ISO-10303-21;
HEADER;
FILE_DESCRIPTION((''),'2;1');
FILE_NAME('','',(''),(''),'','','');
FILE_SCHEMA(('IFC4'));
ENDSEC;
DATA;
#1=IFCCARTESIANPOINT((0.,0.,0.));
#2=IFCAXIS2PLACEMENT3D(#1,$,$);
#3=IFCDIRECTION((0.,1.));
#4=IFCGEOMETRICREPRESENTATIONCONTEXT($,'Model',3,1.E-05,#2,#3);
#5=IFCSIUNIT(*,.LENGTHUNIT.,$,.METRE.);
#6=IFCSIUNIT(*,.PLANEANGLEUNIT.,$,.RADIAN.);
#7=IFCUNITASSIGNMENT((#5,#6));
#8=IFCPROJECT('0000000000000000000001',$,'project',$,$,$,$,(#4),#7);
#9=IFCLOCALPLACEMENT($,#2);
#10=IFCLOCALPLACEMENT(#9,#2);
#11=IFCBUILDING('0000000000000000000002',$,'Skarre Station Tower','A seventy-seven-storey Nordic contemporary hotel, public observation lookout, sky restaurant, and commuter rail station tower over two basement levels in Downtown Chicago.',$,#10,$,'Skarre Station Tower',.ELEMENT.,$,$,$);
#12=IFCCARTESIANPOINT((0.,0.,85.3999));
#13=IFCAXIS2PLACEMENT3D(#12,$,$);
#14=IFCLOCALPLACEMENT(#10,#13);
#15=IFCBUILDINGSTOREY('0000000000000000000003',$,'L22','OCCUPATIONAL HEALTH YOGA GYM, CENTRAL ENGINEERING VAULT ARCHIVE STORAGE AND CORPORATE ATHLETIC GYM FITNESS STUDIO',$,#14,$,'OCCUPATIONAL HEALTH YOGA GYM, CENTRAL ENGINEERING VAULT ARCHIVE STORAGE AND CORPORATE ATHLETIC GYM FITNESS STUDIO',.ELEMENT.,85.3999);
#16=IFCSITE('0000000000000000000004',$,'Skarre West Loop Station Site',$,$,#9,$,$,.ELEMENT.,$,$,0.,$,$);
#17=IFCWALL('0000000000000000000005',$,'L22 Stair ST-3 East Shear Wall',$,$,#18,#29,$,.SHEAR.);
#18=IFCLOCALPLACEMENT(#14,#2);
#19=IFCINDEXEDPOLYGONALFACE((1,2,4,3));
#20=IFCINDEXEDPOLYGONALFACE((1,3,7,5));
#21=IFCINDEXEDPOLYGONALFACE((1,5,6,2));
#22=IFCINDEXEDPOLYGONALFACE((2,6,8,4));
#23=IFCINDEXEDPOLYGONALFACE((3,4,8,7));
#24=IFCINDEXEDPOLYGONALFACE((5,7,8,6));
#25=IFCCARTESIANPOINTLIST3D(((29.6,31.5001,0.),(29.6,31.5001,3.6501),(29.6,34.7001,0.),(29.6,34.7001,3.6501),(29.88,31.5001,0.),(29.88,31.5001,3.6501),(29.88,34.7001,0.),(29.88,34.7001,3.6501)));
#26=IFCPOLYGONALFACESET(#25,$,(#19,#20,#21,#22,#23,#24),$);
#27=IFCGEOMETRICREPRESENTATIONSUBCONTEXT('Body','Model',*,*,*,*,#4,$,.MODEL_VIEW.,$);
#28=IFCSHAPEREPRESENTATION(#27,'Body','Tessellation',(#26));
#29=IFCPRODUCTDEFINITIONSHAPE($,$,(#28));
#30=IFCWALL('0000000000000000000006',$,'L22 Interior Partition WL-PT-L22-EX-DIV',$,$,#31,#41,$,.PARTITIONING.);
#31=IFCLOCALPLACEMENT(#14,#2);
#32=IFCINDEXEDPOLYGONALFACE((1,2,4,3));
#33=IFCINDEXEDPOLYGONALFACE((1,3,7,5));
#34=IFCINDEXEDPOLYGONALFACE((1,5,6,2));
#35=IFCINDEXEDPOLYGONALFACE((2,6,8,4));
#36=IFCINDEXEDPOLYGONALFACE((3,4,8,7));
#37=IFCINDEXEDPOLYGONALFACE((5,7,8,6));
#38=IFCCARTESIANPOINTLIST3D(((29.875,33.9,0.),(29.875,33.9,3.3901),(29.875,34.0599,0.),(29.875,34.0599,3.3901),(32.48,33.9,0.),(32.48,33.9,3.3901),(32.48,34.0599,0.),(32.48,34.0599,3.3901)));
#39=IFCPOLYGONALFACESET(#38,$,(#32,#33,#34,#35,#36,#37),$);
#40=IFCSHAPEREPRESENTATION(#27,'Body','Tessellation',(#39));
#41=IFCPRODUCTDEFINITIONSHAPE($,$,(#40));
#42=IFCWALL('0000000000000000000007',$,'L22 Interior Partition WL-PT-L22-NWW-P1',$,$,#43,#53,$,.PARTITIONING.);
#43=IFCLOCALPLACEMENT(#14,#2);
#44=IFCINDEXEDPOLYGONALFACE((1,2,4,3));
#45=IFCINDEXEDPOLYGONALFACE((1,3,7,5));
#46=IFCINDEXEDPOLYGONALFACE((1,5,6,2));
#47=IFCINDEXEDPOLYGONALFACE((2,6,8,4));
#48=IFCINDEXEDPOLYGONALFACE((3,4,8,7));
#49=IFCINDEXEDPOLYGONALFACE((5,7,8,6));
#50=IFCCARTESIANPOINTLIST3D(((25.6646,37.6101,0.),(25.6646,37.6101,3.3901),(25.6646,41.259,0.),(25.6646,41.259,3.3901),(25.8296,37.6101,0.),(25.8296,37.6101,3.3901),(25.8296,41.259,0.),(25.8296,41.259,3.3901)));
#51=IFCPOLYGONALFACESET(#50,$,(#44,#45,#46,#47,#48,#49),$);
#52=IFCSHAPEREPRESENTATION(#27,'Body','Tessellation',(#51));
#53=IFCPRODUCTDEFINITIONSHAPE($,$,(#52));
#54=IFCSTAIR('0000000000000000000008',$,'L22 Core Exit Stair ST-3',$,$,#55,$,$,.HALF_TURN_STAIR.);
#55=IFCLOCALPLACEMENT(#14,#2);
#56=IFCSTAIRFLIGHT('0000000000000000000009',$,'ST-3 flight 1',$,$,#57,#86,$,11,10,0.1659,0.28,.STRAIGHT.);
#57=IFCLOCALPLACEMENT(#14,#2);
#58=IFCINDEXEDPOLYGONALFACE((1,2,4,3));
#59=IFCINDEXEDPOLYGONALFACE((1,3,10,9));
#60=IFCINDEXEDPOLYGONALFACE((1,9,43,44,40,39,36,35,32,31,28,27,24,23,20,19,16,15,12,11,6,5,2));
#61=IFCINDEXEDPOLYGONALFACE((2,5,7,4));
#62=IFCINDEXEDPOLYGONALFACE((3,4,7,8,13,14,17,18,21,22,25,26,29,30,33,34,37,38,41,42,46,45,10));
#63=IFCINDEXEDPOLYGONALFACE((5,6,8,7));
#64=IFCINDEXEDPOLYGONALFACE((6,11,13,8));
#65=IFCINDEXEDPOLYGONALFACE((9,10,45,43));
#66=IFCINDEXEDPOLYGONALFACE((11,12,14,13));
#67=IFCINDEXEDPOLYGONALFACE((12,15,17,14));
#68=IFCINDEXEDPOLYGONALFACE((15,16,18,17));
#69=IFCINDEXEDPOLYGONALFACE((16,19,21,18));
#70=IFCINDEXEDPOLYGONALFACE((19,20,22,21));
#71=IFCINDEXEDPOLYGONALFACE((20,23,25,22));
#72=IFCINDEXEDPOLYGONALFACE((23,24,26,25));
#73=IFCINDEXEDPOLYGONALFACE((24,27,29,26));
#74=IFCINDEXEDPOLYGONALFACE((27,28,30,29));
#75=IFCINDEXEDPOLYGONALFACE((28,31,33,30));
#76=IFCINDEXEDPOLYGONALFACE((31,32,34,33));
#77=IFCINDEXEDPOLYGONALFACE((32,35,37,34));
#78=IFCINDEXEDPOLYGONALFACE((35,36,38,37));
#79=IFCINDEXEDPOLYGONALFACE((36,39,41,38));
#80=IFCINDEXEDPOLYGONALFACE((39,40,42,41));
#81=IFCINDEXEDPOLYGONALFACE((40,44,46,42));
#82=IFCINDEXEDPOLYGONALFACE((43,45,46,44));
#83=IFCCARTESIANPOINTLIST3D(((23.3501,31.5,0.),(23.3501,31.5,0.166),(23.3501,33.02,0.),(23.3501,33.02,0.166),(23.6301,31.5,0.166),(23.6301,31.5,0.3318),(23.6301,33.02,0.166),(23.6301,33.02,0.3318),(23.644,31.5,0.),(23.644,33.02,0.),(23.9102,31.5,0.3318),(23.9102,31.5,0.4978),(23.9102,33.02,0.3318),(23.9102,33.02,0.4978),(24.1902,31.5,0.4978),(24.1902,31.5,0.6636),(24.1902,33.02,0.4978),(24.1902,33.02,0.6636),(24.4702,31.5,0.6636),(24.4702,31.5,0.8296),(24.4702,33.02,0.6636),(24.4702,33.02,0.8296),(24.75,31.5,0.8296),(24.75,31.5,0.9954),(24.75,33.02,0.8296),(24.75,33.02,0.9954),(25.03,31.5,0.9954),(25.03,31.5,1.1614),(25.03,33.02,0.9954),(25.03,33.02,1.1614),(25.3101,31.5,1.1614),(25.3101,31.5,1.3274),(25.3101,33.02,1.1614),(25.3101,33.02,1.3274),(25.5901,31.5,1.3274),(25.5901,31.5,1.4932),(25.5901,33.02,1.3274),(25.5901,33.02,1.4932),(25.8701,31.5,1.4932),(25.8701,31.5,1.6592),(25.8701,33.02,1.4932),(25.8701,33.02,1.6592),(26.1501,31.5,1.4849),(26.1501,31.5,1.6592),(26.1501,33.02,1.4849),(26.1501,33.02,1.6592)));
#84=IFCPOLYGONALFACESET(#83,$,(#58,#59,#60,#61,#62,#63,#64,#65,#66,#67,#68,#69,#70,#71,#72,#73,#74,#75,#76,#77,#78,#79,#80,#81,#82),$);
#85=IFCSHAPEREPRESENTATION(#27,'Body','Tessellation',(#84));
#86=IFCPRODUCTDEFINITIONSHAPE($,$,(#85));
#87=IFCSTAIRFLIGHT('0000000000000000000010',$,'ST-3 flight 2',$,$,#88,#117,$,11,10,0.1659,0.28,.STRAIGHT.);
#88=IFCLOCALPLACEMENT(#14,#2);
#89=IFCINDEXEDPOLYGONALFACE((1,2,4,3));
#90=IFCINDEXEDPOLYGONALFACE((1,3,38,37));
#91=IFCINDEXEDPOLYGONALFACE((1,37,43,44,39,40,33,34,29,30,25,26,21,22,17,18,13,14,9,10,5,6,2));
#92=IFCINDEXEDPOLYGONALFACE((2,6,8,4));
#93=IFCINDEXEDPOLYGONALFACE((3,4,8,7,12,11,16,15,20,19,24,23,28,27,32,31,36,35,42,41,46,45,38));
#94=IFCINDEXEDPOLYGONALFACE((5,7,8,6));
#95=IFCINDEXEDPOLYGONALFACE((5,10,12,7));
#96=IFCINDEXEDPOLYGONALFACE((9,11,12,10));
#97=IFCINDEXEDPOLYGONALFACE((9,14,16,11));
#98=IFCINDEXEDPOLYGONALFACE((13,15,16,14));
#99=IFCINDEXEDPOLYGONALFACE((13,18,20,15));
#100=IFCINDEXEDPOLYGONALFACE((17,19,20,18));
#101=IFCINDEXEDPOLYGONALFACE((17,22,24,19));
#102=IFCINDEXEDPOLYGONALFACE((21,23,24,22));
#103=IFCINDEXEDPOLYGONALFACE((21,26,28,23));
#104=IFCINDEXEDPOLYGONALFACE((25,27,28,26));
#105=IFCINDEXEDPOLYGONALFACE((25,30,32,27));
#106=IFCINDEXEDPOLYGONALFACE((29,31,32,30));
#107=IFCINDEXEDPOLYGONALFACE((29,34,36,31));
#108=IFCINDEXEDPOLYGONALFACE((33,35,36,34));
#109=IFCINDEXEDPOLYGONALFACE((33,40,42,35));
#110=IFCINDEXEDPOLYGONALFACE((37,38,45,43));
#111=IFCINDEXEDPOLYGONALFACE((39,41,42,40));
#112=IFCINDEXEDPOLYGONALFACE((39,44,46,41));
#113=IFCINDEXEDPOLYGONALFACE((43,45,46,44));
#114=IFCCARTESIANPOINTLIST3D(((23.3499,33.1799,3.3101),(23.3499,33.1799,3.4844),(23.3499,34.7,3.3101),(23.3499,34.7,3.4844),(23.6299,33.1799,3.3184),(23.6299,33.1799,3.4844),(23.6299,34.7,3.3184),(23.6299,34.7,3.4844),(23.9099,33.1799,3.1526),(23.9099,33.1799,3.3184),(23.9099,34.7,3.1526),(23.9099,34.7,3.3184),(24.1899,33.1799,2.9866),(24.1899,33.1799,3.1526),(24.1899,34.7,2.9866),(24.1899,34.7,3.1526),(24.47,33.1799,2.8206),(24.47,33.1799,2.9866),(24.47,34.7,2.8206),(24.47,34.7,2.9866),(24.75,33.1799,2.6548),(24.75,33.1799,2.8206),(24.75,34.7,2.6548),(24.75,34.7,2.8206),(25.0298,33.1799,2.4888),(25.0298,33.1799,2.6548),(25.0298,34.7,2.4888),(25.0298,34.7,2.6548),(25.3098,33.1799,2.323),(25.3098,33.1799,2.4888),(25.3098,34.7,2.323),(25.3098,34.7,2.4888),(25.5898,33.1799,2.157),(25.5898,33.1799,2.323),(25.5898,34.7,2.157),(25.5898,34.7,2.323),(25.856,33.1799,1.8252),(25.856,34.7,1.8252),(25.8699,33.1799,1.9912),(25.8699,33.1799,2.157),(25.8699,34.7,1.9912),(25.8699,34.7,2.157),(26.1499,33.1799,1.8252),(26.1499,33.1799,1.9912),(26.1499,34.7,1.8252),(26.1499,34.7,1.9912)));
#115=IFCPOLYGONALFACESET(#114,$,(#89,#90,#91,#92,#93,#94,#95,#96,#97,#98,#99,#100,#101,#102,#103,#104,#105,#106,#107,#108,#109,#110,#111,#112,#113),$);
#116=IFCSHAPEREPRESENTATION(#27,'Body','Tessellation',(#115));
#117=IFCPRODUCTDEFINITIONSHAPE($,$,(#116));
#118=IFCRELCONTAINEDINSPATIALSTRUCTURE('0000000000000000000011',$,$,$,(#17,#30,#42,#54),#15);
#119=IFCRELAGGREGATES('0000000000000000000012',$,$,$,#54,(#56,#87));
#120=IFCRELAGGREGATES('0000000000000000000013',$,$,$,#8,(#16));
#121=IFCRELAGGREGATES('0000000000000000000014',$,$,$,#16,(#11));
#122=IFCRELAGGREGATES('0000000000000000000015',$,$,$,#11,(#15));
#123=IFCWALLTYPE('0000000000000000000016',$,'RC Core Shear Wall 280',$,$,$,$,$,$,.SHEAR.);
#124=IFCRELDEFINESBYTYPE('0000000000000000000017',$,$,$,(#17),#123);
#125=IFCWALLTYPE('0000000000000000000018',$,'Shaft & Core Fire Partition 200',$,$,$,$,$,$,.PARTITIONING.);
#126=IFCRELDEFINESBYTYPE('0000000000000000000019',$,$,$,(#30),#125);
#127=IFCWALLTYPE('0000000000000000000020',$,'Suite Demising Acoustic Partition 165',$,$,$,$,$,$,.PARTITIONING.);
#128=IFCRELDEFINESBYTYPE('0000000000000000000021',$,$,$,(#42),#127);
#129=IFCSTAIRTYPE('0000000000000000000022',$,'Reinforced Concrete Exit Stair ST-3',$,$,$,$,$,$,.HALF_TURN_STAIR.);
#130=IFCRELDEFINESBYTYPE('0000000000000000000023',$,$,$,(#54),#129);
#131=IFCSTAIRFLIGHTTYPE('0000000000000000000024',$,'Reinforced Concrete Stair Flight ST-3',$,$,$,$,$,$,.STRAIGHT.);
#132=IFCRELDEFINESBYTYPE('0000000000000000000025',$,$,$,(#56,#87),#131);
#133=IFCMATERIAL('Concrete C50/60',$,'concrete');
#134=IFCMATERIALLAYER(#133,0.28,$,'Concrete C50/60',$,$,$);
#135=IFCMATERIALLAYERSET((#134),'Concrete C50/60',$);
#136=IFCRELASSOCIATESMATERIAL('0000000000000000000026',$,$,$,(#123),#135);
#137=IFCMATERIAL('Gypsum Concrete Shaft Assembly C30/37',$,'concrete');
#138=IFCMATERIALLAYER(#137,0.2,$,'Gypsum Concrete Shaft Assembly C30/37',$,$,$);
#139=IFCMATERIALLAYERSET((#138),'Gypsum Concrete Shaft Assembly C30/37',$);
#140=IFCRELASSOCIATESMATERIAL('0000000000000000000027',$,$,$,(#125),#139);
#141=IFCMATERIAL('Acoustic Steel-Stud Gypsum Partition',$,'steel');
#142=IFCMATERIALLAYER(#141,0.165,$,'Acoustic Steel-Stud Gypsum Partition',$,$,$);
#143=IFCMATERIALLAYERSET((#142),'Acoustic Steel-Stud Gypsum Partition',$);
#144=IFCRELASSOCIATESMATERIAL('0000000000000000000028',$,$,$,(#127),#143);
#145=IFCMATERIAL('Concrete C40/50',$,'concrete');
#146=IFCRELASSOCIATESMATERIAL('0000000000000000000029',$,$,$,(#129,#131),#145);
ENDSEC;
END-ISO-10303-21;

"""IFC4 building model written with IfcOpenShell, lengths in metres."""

from ifc_helpers import new_model, si_unit, direction, frame, frame_2d, origin, place, context, subcontext, project, spatial, polyline, rectangle, outline, extrude, material, layer, layer_set, type_object, element, aggregate, save


model = new_model("IFC4")

# Units and contexts
model_context = context("Model", 3, precision=1e-05, world=origin(), true_north=direction((0.0, 1.0)))
body_context = subcontext(model_context, "Body", "Model", "MODEL_VIEW")
ifc_project = project(units=[si_unit("LENGTHUNIT", "METRE"), si_unit("PLANEANGLEUNIT", "RADIAN")], contexts=[model_context])

# Site, building, storey
site_placement = place(None, origin())
site = spatial("IfcSite", under=ifc_project, at=site_placement, Name="Skarre West Loop Station Site", CompositionType="ELEMENT", RefElevation=0.0)
building_placement = place(site_placement, origin())
building = spatial("IfcBuilding", under=site, at=building_placement, Name="Skarre Station Tower", Description="A seventy-seven-storey Nordic contemporary hotel, public observation lookout, sky restaurant, and commuter rail station tower over two basement levels in Downtown Chicago.", LongName="Skarre Station Tower", CompositionType="ELEMENT")
storey_placement = place(building_placement, frame((0.0, 0.0, 85.3999)))
storey = spatial("IfcBuildingStorey", under=building, at=storey_placement, Name="L22", Description="OCCUPATIONAL HEALTH YOGA GYM, CENTRAL ENGINEERING VAULT ARCHIVE STORAGE AND CORPORATE ATHLETIC GYM FITNESS STUDIO", LongName="OCCUPATIONAL HEALTH YOGA GYM, CENTRAL ENGINEERING VAULT ARCHIVE STORAGE AND CORPORATE ATHLETIC GYM FITNESS STUDIO", CompositionType="ELEMENT", Elevation=85.3999)

# Shared definitions
ifc_material_1 = material(Name="Acoustic Steel-Stud Gypsum Partition", Category="steel")

# Walls
ifc_material_2 = material(Name="Concrete C50/60", Category="concrete")
ifc_layer_1 = layer(ifc_material_2, 0.28, Name="Concrete C50/60")
ifc_layer_set_1 = layer_set([ifc_layer_1], Name="Concrete C50/60")
wall_type_1 = type_object("IfcWallType", Name="RC Core Shear Wall 280", PredefinedType="SHEAR", material=ifc_layer_set_1)
for number, where, z_axis, x_axis, name in (
    (1, (29.74, 31.5, 0.0), (0.0, 0.0, 1.0), (0.0, 1.0, 0.0), "L22 Stair ST-3 East Shear Wall"),
):
    element("IfcWall", number, at=place(storey_placement, frame(where, z_axis=z_axis, x_axis=x_axis)), inside=storey, type_object=wall_type_1, Name=name, PredefinedType="SHEAR", context=body_context, shape_type="SweptSolid", body=[
        extrude(rectangle(XDim=3.2, YDim=0.28, at=frame_2d((1.6001, 0.0))), origin(), (0.0, 0.0, 1.0), 3.6501),
    ])
ifc_material_3 = material(Name="Gypsum Concrete Shaft Assembly C30/37", Category="concrete")
ifc_layer_2 = layer(ifc_material_3, 0.2, Name="Gypsum Concrete Shaft Assembly C30/37")
ifc_layer_set_2 = layer_set([ifc_layer_2], Name="Gypsum Concrete Shaft Assembly C30/37")
wall_type_2 = type_object("IfcWallType", Name="Shaft & Core Fire Partition 200", PredefinedType="PARTITIONING", material=ifc_layer_set_2)
wall_1_placement = place(storey_placement, frame((29.875, 33.98, 0.0), z_axis=(0.0, 0.0, 1.0), x_axis=(1.0, 0.0, 0.0)))
element("IfcWall", 2, at=wall_1_placement, inside=storey, type_object=wall_type_2, Name="L22 Interior Partition WL-PT-L22-EX-DIV", PredefinedType="PARTITIONING", context=body_context, shape_type="SweptSolid", body=[
    extrude(rectangle(XDim=2.605, YDim=0.1599, at=frame_2d((1.3025, 0.0))), origin(), (0.0, 0.0, 1.0), 3.3901),
])
ifc_layer_3 = layer(ifc_material_1, 0.165, Name="Acoustic Steel-Stud Gypsum Partition")
ifc_layer_set_3 = layer_set([ifc_layer_3], Name="Acoustic Steel-Stud Gypsum Partition")
wall_type_3 = type_object("IfcWallType", Name="Suite Demising Acoustic Partition 165", PredefinedType="PARTITIONING", material=ifc_layer_set_3)
wall_2_placement = place(storey_placement, frame((25.7471, 37.6101, 0.0), z_axis=(0.0, 0.0, 1.0), x_axis=(0.0, 1.0, 0.0)))
element("IfcWall", 3, at=wall_2_placement, inside=storey, type_object=wall_type_3, Name="L22 Interior Partition WL-PT-L22-NWW-P1", PredefinedType="PARTITIONING", context=body_context, shape_type="SweptSolid", body=[
    extrude(rectangle(XDim=3.6489, YDim=0.165, at=frame_2d((1.8245, 0.0))), origin(), (0.0, 0.0, 1.0), 3.3901),
])

# Stair, stair flights
ifc_material_4 = material(Name="Concrete C40/50", Category="concrete")
stair_type = type_object("IfcStairType", Name="Reinforced Concrete Exit Stair ST-3", PredefinedType="HALF_TURN_STAIR", material=ifc_material_4)
stair_placement = place(storey_placement, origin())
stair = element("IfcStair", 4, at=stair_placement, inside=storey, type_object=stair_type, Name="L22 Core Exit Stair ST-3", PredefinedType="HALF_TURN_STAIR")
stair_flight_type = type_object("IfcStairFlightType", Name="Reinforced Concrete Stair Flight ST-3", PredefinedType="STRAIGHT", material=ifc_material_4)
stair_flight_1_placement = place(storey_placement, frame((23.3501, 32.26, 0.0), z_axis=(0.0, 0.0, 1.0), x_axis=(1.0, 0.0, 0.0)))
stair_flight_1 = element("IfcStairFlight", 5, at=stair_flight_1_placement, type_object=stair_flight_type, Name="ST-3 flight 1", NumberOfRisers=11, NumberOfTreads=10, PredefinedType="STRAIGHT", RiserHeight=0.1659, TreadLength=0.28, context=body_context, shape_type="SweptSolid", body=[
    extrude(outline(polyline([(0.0, 0.0), (0.0, 0.166), (0.28, 0.166), (0.28, 0.3318), (0.5601, 0.3318), (0.5601, 0.4978), (0.8401, 0.4978), (0.8401, 0.6636), (1.1201, 0.6636), (1.1201, 0.8296), (1.3999, 0.8296), (1.3999, 0.9954), (1.6799, 0.9954), (1.6799, 1.1614), (1.96, 1.1614), (1.96, 1.3274), (2.24, 1.3274), (2.24, 1.4932), (2.52, 1.4932), (2.52, 1.6592), (2.8, 1.6592), (2.8, 1.825), (2.8, 1.4849), (0.2939, 0.0), (0.0, 0.0)])), frame((0.0, 0.76, 0.0), z_axis=(0.0, -1.0, 0.0), x_axis=(1.0, 0.0, 0.0)), (0.0, 0.0, 1.0), 1.52),
])
stair_flight_2_placement = place(storey_placement, frame((26.1499, 33.9399, 1.8252), z_axis=(0.0, 0.0, 1.0), x_axis=(-1.0, 0.0, 0.0)))
stair_flight_2 = element("IfcStairFlight", 6, at=stair_flight_2_placement, type_object=stair_flight_type, Name="ST-3 flight 2", NumberOfRisers=11, NumberOfTreads=10, PredefinedType="STRAIGHT", RiserHeight=0.1659, TreadLength=0.28, context=body_context, shape_type="SweptSolid", body=[
    extrude(outline(polyline([(0.0, 0.0), (0.0, 0.166), (0.28, 0.166), (0.28, 0.3318), (0.5601, 0.3318), (0.5601, 0.4978), (0.8401, 0.4978), (0.8401, 0.6636), (1.1201, 0.6636), (1.1201, 0.8296), (1.3999, 0.8296), (1.3999, 0.9954), (1.6799, 0.9954), (1.6799, 1.1614), (1.96, 1.1614), (1.96, 1.3274), (2.24, 1.3274), (2.24, 1.4932), (2.52, 1.4932), (2.52, 1.6592), (2.8, 1.6592), (2.8, 1.825), (2.8, 1.4849), (0.2939, 0.0), (0.0, 0.0)])), frame((0.0, 0.76, 0.0), z_axis=(0.0, -1.0, 0.0), x_axis=(1.0, 0.0, 0.0)), (0.0, 0.0, 1.0), 1.52),
])
aggregate(stair, [stair_flight_1, stair_flight_2])

save(model, "model.ifc")
